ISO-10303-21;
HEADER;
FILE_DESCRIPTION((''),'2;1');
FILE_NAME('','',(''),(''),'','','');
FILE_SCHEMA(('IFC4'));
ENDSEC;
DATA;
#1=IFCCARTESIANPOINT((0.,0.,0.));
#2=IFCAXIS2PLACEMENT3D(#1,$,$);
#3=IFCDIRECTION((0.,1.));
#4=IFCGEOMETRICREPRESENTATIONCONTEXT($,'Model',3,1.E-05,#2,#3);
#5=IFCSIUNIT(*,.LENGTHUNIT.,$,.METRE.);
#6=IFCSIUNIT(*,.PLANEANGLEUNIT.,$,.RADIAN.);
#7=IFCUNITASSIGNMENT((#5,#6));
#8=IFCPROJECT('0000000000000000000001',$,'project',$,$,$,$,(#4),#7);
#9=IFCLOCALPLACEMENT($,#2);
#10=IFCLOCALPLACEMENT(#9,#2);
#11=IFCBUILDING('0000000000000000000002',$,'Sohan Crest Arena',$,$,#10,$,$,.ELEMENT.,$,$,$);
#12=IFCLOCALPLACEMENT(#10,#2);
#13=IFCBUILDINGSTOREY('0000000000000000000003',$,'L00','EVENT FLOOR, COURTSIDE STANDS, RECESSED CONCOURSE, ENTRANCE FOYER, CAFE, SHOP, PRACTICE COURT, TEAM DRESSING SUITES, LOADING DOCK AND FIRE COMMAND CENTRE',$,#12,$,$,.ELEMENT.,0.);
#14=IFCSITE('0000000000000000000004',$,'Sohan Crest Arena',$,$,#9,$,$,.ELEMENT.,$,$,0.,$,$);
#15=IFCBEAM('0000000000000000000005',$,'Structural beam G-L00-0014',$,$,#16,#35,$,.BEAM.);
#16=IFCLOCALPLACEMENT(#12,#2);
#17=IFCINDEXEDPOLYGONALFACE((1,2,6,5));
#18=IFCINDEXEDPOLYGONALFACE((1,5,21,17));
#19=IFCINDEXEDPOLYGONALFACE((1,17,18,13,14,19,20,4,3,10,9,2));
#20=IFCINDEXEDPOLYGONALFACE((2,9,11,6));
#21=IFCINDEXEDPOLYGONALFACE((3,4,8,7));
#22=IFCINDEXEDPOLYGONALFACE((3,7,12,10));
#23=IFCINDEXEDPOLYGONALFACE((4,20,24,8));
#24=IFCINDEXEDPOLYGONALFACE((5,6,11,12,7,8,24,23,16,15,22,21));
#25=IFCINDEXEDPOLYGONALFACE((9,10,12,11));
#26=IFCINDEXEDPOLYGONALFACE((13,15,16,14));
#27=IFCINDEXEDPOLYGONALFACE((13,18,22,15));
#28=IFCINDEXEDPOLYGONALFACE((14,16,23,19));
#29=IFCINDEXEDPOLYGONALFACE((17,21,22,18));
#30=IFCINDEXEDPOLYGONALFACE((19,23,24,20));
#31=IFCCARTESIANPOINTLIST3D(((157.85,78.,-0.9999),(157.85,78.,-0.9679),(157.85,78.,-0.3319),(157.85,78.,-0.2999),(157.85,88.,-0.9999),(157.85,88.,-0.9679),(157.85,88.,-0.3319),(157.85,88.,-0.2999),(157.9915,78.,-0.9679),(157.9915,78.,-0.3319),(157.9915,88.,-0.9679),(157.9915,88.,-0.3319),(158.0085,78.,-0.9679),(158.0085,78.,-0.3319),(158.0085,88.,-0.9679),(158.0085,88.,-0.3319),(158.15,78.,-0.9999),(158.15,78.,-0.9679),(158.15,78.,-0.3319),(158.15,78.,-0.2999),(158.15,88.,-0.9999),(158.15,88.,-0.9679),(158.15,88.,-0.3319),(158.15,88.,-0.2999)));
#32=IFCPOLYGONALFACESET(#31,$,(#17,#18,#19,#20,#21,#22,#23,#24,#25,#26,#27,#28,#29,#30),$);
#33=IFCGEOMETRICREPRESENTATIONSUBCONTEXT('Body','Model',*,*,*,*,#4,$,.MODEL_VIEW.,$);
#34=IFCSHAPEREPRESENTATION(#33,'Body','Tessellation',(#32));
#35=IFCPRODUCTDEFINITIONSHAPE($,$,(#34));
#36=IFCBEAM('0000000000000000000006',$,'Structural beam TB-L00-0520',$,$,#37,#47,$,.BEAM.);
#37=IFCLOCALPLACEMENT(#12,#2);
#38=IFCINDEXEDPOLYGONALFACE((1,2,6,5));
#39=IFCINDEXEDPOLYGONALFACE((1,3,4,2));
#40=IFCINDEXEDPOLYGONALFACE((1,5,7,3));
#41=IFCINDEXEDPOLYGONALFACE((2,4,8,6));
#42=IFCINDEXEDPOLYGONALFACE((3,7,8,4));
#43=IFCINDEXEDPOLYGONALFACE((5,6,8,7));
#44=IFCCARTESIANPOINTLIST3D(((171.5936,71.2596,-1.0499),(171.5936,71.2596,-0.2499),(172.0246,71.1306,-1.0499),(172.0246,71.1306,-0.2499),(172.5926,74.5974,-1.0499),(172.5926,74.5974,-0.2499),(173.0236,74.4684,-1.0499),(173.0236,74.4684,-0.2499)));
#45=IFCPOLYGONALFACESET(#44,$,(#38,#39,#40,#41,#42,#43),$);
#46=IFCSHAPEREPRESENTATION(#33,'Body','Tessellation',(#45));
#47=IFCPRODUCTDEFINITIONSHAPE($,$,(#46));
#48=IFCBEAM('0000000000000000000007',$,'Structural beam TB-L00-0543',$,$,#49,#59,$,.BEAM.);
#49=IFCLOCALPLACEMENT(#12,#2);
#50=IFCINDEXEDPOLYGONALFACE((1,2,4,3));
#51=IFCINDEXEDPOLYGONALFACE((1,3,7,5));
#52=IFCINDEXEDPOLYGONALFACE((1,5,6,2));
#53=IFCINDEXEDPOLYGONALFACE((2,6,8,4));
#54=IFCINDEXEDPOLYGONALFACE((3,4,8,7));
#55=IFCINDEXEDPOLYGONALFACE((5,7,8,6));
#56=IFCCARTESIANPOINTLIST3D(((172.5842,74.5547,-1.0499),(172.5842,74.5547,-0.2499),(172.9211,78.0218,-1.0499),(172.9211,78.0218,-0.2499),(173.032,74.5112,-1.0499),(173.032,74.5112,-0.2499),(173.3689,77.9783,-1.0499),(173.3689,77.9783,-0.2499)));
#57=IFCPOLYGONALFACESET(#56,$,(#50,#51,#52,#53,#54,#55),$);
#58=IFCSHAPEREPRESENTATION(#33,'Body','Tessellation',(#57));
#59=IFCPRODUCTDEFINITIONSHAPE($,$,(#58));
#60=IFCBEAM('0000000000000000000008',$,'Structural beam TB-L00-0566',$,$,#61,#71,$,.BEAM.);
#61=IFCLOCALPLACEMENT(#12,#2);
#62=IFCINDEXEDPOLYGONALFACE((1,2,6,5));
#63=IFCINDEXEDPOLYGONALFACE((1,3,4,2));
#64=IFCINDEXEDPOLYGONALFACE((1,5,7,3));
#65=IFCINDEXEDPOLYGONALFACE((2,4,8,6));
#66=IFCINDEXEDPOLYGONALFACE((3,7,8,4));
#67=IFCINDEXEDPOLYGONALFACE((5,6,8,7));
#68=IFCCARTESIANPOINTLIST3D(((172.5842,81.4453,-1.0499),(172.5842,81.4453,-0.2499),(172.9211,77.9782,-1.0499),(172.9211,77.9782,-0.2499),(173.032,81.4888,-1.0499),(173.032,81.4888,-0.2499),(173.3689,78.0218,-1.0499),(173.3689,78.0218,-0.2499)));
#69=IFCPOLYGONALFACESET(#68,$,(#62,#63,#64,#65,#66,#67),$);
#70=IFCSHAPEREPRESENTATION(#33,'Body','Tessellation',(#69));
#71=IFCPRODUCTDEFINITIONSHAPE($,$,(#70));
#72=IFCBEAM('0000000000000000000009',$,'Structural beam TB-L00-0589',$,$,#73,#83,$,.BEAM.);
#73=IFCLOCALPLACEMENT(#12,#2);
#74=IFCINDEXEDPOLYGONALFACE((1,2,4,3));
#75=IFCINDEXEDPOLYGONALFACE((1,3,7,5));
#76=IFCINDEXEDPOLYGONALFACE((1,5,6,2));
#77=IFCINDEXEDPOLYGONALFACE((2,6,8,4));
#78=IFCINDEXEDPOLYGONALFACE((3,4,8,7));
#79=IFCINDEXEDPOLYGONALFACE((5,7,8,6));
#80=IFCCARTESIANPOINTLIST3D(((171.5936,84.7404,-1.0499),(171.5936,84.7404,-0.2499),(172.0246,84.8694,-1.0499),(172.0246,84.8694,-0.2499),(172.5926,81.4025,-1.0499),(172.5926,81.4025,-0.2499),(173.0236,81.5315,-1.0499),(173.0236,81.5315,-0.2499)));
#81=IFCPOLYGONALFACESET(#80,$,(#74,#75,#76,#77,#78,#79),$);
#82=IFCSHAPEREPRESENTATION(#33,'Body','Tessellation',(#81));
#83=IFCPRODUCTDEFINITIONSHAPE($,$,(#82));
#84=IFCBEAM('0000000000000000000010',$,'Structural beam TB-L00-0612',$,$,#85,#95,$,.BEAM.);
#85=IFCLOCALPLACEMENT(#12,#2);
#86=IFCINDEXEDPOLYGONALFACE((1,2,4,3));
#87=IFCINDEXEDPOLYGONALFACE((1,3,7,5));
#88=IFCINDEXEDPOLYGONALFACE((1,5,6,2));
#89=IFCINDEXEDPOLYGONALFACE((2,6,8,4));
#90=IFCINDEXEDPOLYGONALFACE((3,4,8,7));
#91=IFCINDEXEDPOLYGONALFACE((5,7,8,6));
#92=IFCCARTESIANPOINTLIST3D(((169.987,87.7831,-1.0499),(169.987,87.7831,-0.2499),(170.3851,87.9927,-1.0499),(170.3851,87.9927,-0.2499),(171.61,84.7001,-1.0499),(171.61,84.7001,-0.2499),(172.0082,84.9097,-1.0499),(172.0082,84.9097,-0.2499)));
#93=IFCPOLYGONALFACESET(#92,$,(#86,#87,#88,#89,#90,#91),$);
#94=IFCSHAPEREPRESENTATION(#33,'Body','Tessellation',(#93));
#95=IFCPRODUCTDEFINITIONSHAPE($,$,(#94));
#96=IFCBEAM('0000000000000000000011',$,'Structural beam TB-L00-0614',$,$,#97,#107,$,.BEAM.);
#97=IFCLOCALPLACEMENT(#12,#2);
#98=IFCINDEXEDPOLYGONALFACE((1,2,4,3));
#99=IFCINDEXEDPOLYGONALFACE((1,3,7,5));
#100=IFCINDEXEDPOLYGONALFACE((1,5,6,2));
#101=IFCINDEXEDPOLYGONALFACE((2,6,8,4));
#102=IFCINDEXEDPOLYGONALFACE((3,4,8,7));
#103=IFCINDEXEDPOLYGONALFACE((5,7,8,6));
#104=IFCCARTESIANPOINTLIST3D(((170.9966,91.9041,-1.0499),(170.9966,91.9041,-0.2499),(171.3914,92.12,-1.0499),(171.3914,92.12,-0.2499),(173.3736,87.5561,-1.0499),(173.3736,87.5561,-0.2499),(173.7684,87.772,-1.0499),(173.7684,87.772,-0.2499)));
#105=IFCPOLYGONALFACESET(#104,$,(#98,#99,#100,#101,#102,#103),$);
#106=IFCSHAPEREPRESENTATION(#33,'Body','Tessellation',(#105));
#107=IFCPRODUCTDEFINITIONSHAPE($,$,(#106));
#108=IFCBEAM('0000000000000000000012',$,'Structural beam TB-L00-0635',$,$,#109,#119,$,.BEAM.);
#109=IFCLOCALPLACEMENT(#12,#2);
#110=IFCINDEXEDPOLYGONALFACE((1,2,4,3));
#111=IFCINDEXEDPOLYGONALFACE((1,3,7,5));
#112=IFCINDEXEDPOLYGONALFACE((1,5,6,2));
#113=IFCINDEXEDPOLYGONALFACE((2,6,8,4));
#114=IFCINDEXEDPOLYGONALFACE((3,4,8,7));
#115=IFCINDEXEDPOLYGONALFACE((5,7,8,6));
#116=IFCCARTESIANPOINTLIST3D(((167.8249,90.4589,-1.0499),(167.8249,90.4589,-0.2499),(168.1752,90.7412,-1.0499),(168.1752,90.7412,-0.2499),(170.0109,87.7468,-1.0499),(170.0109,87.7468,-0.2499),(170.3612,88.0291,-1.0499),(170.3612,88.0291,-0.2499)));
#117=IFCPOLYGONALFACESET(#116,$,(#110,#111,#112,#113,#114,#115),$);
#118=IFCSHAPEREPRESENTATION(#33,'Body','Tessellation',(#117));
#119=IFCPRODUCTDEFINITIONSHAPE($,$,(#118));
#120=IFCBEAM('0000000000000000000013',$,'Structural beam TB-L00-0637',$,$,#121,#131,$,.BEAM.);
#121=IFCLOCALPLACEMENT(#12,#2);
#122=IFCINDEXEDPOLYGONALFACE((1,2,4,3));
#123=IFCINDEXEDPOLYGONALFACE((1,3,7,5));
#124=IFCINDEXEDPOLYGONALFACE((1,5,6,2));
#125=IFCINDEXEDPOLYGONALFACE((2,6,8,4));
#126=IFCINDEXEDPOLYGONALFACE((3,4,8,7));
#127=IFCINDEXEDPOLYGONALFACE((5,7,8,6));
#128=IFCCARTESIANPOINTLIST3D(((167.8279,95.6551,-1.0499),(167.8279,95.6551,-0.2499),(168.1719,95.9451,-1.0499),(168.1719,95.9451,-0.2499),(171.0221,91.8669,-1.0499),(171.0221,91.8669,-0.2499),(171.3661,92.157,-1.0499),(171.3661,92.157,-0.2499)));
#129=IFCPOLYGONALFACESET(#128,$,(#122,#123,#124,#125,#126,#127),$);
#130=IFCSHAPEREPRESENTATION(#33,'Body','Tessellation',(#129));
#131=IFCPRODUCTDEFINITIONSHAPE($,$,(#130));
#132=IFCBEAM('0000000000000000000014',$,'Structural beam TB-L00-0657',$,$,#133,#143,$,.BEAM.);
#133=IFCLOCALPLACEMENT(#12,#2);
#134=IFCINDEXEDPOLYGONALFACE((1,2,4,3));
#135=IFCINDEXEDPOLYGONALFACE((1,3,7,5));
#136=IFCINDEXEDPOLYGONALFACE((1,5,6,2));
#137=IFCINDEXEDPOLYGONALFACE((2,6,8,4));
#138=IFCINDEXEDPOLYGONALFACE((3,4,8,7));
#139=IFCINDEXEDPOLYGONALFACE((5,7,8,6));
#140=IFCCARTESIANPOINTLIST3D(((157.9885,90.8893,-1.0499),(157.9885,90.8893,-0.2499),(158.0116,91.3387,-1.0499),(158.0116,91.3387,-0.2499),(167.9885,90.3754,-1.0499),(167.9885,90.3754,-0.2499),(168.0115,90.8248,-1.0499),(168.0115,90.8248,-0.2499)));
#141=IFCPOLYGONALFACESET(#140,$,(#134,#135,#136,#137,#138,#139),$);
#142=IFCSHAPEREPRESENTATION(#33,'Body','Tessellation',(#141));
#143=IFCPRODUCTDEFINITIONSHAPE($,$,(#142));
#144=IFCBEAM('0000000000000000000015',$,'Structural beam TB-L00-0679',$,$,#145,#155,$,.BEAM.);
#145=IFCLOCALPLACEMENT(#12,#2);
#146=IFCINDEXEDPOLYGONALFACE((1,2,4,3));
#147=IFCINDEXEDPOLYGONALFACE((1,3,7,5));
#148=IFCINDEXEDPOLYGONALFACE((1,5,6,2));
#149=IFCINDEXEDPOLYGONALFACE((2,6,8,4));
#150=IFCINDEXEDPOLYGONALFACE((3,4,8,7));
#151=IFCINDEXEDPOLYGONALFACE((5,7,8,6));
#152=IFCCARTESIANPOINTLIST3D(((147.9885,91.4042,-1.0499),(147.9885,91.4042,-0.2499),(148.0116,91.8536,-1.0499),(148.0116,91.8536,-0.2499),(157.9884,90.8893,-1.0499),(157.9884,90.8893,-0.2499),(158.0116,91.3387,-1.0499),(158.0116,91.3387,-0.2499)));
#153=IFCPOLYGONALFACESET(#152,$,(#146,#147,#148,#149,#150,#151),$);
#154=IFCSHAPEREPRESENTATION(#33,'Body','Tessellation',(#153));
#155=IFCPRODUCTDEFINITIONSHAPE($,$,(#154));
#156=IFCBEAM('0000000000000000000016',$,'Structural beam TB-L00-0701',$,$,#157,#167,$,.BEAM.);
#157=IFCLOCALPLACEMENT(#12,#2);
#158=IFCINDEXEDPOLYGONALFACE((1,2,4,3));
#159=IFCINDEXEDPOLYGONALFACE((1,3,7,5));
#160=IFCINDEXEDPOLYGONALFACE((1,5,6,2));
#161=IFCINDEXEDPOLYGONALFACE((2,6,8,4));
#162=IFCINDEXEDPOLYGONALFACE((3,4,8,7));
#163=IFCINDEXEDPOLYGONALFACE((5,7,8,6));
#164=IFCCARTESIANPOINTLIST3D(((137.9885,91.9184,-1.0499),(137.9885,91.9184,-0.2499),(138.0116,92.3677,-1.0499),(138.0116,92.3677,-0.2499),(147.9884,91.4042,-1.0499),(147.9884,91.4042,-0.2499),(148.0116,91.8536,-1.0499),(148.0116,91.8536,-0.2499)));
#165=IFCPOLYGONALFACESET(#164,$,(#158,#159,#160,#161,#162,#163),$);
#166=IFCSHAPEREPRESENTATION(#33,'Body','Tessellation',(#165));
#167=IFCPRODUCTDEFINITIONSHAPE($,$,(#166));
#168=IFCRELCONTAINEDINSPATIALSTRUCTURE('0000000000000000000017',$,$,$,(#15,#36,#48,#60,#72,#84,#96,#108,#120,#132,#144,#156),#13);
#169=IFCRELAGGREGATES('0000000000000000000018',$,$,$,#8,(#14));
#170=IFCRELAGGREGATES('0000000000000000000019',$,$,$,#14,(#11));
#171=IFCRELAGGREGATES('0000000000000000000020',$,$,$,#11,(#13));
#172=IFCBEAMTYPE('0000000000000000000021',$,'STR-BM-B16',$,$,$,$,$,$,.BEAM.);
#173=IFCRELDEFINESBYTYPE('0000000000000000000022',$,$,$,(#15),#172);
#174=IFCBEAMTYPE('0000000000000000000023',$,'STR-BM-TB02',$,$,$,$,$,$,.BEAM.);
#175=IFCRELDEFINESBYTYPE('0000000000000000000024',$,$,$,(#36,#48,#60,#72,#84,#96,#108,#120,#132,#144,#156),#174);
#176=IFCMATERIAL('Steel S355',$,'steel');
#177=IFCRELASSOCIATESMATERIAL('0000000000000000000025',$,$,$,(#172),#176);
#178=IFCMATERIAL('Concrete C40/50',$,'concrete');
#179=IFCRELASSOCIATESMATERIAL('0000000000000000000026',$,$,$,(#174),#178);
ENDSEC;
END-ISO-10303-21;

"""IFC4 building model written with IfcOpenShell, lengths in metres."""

from ifc_helpers import new_model, si_unit, direction, frame, origin, origin_2d, place, context, subcontext, project, spatial, rectangle, i_section, extrude, material, material_profile, profile_set, type_object, element, save


model = new_model("IFC4")

# Units and contexts
model_context = context("Model", 3, precision=1e-05, world=origin(), true_north=direction((0.0, 1.0)))
body_context = subcontext(model_context, "Body", "Model", "MODEL_VIEW")
ifc_project = project(units=[si_unit("LENGTHUNIT", "METRE"), si_unit("PLANEANGLEUNIT", "RADIAN")], contexts=[model_context])

# Site, building, storey
site_placement = place(None, origin())
site = spatial("IfcSite", under=ifc_project, at=site_placement, Name="Sohan Crest Arena", CompositionType="ELEMENT", RefElevation=0.0)
building_placement = place(site_placement, origin())
building = spatial("IfcBuilding", under=site, at=building_placement, Name="Sohan Crest Arena", CompositionType="ELEMENT")
storey_placement = place(building_placement, origin())
storey = spatial("IfcBuildingStorey", under=building, at=storey_placement, Name="L00", Description="EVENT FLOOR, COURTSIDE STANDS, RECESSED CONCOURSE, ENTRANCE FOYER, CAFE, SHOP, PRACTICE COURT, TEAM DRESSING SUITES, LOADING DOCK AND FIRE COMMAND CENTRE", CompositionType="ELEMENT", Elevation=0.0)

# Shared definitions
ifc_material_1 = material(Name="Concrete C40/50", Category="concrete")

# Beams
ifc_material_2 = material(Name="Steel S355", Category="steel")
ifc_material_profile_1 = material_profile(ifc_material_2, i_section(OverallWidth=0.3, OverallDepth=0.7, WebThickness=0.0171, FlangeThickness=0.032, at=origin_2d()), Name="HEB 700")
ifc_profile_set_1 = profile_set([ifc_material_profile_1], Name="Steel S355")
beam_type_1 = type_object("IfcBeamType", Name="STR-BM-B16", PredefinedType="BEAM", material=ifc_profile_set_1)
beam_1_placement = place(storey_placement, frame((158.0, 78.0, -0.6499), z_axis=(0.0, 1.0, 0.0), x_axis=(-1.0, 0.0, 0.0)))
element("IfcBeam", 1, at=beam_1_placement, inside=storey, type_object=beam_type_1, Name="Structural beam G-L00-0014", PredefinedType="BEAM", context=body_context, shape_type="SweptSolid", body=[
    extrude(i_section(OverallWidth=0.3, OverallDepth=0.7, WebThickness=0.0171, FlangeThickness=0.032, at=origin_2d()), origin(), (0.0, 0.0, 1.0), 10.0),
])
ifc_material_profile_2 = material_profile(ifc_material_1, rectangle(XDim=0.45, YDim=0.8, at=origin_2d()), Name="RC-BM 450x800")
ifc_profile_set_2 = profile_set([ifc_material_profile_2], Name="Concrete C40/50")
beam_type_2 = type_object("IfcBeamType", Name="STR-BM-TB02", PredefinedType="BEAM", material=ifc_profile_set_2)
beam_2_placement = place(storey_placement, frame((171.8091, 71.1951, -0.6499), z_axis=(0.286731, 0.958011, 0.0), x_axis=(-0.958011, 0.286731, 0.0)))
element("IfcBeam", 2, at=beam_2_placement, inside=storey, type_object=beam_type_2, Name="Structural beam TB-L00-0520", PredefinedType="BEAM", context=body_context, shape_type="SweptSolid", body=[
    extrude(rectangle(XDim=0.45, YDim=0.8, at=origin_2d()), origin(), (0.0, 0.0, 1.0), 3.4841),
])
for number, where, z_axis, x_axis, name in (
    (3, (172.8081, 74.533, -0.6499), (0.096721, 0.995312, 0.0), (-0.995312, 0.096721, 0.0), "Structural beam TB-L00-0543"),
    (4, (173.145, 78.0, -0.6499), (-0.096721, 0.995312, 0.0), (-0.995312, -0.096721, 0.0), "Structural beam TB-L00-0566"),
):
    element("IfcBeam", number, at=place(storey_placement, frame(where, z_axis=z_axis, x_axis=x_axis)), inside=storey, type_object=beam_type_2, Name=name, PredefinedType="BEAM", context=body_context, shape_type="SweptSolid", body=[
        extrude(rectangle(XDim=0.45, YDim=0.8, at=origin_2d()), origin(), (0.0, 0.0, 1.0), 3.4834),
    ])
for number, where, z_axis, x_axis, name in (
    (5, (172.8081, 81.467, -0.6499), (-0.286731, 0.958011, 0.0), (-0.958011, -0.286731, 0.0), "Structural beam TB-L00-0589"),
    (6, (171.8091, 84.8049, -0.6499), (-0.465839, 0.88487, 0.0), (-0.88487, -0.465839, 0.0), "Structural beam TB-L00-0612"),
):
    element("IfcBeam", number, at=place(storey_placement, frame(where, z_axis=z_axis, x_axis=x_axis)), inside=storey, type_object=beam_type_2, Name=name, PredefinedType="BEAM", context=body_context, shape_type="SweptSolid", body=[
        extrude(rectangle(XDim=0.45, YDim=0.8, at=origin_2d()), origin(), (0.0, 0.0, 1.0), 3.4841),
    ])
beam_3_placement = place(storey_placement, frame((173.571, 87.6641, -0.6499), z_axis=(-0.479687, 0.87744, 0.0), x_axis=(-0.87744, -0.479687, 0.0)))
element("IfcBeam", 7, at=beam_3_placement, inside=storey, type_object=beam_type_2, Name="Structural beam TB-L00-0614", PredefinedType="BEAM", context=body_context, shape_type="SweptSolid", body=[
    extrude(rectangle(XDim=0.45, YDim=0.8, at=origin_2d()), origin(), (0.0, 0.0, 1.0), 4.9553),
])
beam_4_placement = place(storey_placement, frame((170.186, 87.8879, -0.6499), z_axis=(-0.627546, 0.77858, 0.0), x_axis=(-0.77858, -0.627546, 0.0)))
element("IfcBeam", 8, at=beam_4_placement, inside=storey, type_object=beam_type_2, Name="Structural beam TB-L00-0635", PredefinedType="BEAM", context=body_context, shape_type="SweptSolid", body=[
    extrude(rectangle(XDim=0.45, YDim=0.8, at=origin_2d()), origin(), (0.0, 0.0, 1.0), 3.4834),
])
beam_5_placement = place(storey_placement, frame((171.1941, 92.012, -0.6499), z_axis=(-0.644623, 0.764501, 0.0), x_axis=(-0.764501, -0.644623, 0.0)))
element("IfcBeam", 9, at=beam_5_placement, inside=storey, type_object=beam_type_2, Name="Structural beam TB-L00-0637", PredefinedType="BEAM", context=body_context, shape_type="SweptSolid", body=[
    extrude(rectangle(XDim=0.45, YDim=0.8, at=origin_2d()), origin(), (0.0, 0.0, 1.0), 4.9551),
])
for number, where, z_axis, x_axis, name in (
    (10, (168.0, 90.6001, -0.6499), (-0.998682, 0.051324, 0.0), (-0.051324, -0.998682, 0.0), "Structural beam TB-L00-0657"),
    (11, (158.0, 91.114, -0.6499), (-0.998677, 0.051421, 0.0), (-0.051421, -0.998677, 0.0), "Structural beam TB-L00-0679"),
    (12, (148.0, 91.6289, -0.6499), (-0.998681, 0.051348, 0.0), (-0.051348, -0.998681, 0.0), "Structural beam TB-L00-0701"),
):
    element("IfcBeam", number, at=place(storey_placement, frame(where, z_axis=z_axis, x_axis=x_axis)), inside=storey, type_object=beam_type_2, Name=name, PredefinedType="BEAM", context=body_context, shape_type="SweptSolid", body=[
        extrude(rectangle(XDim=0.45, YDim=0.8, at=origin_2d()), origin(), (0.0, 0.0, 1.0), 10.0132),
    ])

save(model, "model.ifc")
